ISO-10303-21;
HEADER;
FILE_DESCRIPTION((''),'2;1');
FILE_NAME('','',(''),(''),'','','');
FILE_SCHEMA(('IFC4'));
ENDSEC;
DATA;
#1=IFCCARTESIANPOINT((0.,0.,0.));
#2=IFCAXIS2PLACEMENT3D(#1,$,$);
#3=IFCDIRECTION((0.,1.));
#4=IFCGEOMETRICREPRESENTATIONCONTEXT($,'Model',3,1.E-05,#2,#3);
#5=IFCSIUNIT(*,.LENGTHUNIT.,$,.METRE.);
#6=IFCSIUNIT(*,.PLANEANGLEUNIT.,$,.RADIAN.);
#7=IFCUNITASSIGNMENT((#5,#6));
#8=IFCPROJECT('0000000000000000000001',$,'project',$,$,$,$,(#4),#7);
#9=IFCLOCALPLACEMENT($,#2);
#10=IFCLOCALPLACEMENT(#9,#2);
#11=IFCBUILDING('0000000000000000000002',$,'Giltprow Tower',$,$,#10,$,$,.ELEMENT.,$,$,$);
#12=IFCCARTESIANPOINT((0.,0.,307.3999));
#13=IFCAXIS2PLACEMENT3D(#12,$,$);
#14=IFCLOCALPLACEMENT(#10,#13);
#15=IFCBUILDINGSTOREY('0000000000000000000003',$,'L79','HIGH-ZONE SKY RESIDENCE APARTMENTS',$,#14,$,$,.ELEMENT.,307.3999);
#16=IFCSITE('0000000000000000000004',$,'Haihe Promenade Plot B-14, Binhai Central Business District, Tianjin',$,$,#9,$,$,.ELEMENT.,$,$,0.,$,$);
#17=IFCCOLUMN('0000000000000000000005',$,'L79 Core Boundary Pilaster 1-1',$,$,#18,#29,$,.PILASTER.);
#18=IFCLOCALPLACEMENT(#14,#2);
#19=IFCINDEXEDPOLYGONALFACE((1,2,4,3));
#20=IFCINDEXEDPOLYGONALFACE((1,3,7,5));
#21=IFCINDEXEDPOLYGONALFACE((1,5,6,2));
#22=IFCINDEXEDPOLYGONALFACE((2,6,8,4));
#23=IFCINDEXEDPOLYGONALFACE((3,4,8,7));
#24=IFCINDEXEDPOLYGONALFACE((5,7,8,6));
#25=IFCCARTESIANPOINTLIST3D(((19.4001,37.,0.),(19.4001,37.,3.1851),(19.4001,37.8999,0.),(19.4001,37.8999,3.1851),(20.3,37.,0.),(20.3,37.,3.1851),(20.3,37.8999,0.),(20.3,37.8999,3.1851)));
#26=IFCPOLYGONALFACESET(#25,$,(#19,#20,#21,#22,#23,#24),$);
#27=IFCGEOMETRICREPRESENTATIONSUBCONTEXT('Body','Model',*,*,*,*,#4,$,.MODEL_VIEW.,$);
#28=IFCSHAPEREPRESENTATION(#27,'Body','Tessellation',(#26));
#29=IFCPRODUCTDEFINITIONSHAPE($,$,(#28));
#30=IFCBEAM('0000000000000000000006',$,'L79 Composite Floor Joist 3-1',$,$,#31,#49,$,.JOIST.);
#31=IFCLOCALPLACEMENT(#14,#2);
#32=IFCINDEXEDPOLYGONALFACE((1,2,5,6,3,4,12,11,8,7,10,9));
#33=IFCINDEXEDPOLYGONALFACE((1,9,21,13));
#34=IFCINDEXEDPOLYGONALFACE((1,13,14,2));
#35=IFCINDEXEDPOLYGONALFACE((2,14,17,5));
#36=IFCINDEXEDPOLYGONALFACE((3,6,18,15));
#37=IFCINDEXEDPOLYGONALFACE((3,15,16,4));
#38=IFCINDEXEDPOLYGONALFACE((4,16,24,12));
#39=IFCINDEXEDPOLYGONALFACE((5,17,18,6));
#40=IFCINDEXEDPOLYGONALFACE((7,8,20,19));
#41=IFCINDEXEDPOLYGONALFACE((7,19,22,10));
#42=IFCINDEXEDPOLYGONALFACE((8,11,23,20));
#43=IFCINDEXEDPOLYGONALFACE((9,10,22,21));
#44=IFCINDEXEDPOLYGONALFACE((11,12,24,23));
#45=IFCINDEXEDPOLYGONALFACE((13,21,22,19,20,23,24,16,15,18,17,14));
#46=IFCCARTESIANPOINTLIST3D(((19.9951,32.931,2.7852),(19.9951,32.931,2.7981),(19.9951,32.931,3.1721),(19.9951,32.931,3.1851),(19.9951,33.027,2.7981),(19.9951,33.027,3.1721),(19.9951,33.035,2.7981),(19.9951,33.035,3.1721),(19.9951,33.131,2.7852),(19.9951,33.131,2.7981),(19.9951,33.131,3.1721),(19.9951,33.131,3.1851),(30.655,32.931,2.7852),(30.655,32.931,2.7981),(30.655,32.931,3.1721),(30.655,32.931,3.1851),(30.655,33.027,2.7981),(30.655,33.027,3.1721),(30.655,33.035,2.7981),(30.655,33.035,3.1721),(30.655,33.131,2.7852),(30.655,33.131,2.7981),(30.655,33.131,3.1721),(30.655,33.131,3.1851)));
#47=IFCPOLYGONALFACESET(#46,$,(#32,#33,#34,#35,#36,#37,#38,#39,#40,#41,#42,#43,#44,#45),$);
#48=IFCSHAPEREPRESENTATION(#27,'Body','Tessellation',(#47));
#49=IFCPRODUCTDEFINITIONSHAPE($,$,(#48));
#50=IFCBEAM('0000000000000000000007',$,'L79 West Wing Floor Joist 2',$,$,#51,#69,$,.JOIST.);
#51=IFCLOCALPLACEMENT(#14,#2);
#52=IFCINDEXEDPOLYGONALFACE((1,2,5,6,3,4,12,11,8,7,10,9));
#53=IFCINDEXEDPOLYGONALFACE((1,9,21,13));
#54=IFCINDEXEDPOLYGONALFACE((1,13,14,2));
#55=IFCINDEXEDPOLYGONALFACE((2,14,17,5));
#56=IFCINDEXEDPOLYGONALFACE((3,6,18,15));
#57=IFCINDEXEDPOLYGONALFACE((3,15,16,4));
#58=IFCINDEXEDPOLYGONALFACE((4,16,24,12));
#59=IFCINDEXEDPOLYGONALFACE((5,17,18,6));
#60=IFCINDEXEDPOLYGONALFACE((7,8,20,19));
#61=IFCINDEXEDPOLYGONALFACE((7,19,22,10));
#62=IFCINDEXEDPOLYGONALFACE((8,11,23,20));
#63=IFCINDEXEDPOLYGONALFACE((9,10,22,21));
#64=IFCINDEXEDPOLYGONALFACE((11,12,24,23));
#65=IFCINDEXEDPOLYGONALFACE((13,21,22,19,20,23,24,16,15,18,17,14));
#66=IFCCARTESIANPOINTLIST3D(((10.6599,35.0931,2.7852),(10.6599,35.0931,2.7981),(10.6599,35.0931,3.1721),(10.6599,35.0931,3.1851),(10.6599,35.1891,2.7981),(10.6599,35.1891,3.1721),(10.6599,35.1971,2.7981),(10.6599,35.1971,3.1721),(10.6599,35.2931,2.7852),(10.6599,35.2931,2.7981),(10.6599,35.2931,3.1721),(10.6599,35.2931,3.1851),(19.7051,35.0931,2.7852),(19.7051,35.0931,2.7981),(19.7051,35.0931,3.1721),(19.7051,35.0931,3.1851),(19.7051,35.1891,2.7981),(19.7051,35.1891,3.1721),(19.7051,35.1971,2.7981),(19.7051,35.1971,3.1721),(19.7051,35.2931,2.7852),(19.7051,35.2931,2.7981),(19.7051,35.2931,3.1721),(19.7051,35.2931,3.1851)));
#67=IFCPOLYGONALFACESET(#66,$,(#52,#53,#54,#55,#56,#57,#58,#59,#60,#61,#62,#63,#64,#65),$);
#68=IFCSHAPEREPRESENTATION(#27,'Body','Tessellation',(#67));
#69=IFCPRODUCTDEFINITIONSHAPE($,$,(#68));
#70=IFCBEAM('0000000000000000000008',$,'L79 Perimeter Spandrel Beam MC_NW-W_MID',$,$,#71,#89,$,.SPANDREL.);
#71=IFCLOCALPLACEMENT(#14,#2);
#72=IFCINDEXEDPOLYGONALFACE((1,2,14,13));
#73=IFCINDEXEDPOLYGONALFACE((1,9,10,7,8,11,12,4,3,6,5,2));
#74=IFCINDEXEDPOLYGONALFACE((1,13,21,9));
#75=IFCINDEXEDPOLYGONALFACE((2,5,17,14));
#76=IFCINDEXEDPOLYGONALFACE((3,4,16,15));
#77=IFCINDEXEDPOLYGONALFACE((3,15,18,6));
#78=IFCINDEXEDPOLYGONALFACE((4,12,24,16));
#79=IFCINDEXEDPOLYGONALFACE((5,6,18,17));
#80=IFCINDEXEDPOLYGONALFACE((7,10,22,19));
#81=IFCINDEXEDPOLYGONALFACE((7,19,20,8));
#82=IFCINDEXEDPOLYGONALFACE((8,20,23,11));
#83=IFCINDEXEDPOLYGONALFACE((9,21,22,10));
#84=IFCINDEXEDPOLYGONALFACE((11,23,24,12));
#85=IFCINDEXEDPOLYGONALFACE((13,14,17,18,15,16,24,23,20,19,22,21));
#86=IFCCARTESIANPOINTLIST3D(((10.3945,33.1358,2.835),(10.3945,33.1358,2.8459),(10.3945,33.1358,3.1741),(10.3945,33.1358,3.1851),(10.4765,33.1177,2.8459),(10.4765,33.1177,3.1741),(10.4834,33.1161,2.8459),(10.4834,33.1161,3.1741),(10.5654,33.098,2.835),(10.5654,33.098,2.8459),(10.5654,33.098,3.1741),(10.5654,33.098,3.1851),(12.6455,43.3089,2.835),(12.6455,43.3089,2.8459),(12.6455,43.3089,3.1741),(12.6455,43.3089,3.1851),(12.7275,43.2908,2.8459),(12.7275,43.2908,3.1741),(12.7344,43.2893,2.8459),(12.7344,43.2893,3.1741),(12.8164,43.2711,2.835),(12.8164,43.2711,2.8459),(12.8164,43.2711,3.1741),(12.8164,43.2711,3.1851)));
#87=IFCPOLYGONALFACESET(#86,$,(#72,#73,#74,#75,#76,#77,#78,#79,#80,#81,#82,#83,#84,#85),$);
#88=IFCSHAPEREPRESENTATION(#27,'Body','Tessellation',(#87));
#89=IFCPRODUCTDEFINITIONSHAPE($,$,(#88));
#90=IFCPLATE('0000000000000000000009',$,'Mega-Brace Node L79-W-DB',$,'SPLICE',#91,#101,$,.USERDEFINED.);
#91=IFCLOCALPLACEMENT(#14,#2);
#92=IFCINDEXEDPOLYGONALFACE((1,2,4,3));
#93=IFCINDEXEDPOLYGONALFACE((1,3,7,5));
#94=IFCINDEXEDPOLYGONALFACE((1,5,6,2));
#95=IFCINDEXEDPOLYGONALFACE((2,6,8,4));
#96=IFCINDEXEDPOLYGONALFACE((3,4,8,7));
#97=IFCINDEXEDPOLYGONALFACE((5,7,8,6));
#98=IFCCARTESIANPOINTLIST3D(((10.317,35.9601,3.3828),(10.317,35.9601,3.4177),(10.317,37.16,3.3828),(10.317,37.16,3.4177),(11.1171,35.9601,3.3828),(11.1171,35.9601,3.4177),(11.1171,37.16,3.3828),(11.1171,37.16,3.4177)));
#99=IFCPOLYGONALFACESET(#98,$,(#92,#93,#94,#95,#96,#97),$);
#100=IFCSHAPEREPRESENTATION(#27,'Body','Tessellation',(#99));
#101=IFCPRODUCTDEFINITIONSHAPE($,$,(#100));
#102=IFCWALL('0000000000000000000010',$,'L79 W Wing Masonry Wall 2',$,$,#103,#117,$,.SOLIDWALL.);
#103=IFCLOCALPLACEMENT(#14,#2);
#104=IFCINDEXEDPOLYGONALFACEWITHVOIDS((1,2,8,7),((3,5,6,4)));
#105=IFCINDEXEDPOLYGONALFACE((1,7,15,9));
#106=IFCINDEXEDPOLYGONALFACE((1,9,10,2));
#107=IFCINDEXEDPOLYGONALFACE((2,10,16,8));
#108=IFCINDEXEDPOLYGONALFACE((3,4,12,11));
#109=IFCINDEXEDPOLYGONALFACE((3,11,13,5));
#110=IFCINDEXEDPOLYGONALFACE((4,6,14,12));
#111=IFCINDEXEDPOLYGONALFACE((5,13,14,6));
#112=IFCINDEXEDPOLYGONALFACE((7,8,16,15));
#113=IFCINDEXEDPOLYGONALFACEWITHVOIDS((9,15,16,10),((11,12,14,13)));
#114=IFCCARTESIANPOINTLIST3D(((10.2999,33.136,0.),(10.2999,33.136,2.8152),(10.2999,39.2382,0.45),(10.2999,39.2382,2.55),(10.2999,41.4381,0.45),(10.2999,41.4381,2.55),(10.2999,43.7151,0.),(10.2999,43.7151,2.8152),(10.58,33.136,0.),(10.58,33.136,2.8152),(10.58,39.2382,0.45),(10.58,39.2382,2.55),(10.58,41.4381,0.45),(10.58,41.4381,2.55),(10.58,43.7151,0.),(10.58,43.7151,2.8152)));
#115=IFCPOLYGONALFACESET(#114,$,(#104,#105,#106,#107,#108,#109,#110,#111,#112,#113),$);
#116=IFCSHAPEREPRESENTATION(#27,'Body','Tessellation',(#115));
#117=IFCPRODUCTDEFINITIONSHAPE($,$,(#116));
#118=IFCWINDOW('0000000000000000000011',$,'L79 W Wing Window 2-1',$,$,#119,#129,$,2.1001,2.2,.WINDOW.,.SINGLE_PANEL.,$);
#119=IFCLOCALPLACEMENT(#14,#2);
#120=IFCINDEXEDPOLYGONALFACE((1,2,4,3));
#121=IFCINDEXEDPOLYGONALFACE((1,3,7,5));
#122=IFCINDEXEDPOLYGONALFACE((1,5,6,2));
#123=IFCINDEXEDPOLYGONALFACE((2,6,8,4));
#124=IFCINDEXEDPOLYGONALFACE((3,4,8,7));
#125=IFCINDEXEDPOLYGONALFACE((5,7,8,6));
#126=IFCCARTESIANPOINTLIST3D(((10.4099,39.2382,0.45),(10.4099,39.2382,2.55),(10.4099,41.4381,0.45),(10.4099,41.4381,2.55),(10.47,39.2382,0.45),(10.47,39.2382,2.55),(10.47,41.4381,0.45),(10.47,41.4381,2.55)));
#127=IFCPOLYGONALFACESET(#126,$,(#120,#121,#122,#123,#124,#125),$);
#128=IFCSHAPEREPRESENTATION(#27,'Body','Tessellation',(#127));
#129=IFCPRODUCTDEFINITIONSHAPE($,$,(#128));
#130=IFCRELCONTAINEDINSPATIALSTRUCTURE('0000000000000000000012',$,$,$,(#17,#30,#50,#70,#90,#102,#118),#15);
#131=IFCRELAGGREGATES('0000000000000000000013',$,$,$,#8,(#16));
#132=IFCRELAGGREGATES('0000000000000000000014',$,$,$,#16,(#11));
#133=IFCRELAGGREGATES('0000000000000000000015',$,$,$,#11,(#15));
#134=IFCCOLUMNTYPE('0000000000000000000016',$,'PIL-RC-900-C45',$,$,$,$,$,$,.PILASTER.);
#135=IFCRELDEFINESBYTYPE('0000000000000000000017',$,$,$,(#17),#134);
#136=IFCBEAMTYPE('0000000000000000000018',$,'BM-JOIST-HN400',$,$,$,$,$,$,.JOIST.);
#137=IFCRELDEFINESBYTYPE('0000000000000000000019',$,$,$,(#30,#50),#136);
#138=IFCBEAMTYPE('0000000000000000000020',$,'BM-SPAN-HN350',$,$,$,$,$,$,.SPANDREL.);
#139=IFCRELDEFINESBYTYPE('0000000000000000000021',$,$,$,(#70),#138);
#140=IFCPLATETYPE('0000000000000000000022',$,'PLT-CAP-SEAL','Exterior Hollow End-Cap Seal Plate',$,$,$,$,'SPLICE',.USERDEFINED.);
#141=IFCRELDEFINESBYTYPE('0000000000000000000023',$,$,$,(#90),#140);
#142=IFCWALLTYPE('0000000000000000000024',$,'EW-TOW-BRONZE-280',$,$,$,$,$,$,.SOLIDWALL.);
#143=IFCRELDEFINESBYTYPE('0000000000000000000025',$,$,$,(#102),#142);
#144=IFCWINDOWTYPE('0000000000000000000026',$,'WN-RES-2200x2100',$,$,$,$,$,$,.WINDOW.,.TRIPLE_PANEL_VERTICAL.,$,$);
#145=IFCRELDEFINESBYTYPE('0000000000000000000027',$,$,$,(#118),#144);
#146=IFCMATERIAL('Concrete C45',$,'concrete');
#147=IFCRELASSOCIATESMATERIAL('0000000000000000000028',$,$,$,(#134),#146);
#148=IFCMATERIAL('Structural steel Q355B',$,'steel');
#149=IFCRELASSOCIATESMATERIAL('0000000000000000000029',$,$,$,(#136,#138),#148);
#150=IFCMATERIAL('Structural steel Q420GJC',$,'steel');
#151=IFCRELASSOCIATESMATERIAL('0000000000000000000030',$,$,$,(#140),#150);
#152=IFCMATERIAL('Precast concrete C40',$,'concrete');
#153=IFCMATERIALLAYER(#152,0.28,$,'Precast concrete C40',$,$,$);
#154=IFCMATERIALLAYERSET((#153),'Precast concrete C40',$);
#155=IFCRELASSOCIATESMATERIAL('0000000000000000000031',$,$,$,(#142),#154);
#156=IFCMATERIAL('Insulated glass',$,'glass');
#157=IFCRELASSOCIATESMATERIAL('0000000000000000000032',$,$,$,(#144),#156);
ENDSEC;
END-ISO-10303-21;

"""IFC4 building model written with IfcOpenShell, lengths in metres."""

from ifc_helpers import new_model, si_unit, direction, frame, frame_2d, origin, origin_2d, place, context, subcontext, project, spatial, rectangle, i_section, extrude, source, transform, mapped, material, layer, layer_set, material_profile, profile_set, type_object, element, fill, save


model = new_model("IFC4")

# Units and contexts
model_context = context("Model", 3, precision=1e-05, world=origin(), true_north=direction((0.0, 1.0)))
body_context = subcontext(model_context, "Body", "Model", "MODEL_VIEW")
ifc_project = project(units=[si_unit("LENGTHUNIT", "METRE"), si_unit("PLANEANGLEUNIT", "RADIAN")], contexts=[model_context])

# Site, building, storey
site_placement = place(None, origin())
site = spatial("IfcSite", under=ifc_project, at=site_placement, Name="Haihe Promenade Plot B-14, Binhai Central Business District, Tianjin", CompositionType="ELEMENT", RefElevation=0.0)
building_placement = place(site_placement, origin())
building = spatial("IfcBuilding", under=site, at=building_placement, Name="Giltprow Tower", CompositionType="ELEMENT")
storey_placement = place(building_placement, frame((0.0, 0.0, 307.3999)))
storey = spatial("IfcBuildingStorey", under=building, at=storey_placement, Name="L79", Description="HIGH-ZONE SKY RESIDENCE APARTMENTS", CompositionType="ELEMENT", Elevation=307.3999)

# Column
ifc_material_1 = material(Name="Concrete C45", Category="concrete")
ifc_material_profile_1 = material_profile(ifc_material_1, rectangle(XDim=0.8999, YDim=0.8999, at=origin_2d()), Name="RC 900x900")
ifc_profile_set_1 = profile_set([ifc_material_profile_1], Name="Concrete C45")
column_type = type_object("IfcColumnType", Name="PIL-RC-900-C45", PredefinedType="PILASTER", material=ifc_profile_set_1)
shared_shape_1 = source(origin(), body_context, "Body", "SweptSolid", [
    extrude(rectangle(XDim=0.8999, YDim=0.8999, at=origin_2d()), origin(), (0.0, 0.0, 1.0), 3.1851),
])
column_placement = place(storey_placement, frame((19.8501, 37.45, 0.0), z_axis=(0.0, 0.0, 1.0), x_axis=(1.0, 0.0, 0.0)))
element("IfcColumn", 1, at=column_placement, inside=storey, type_object=column_type, Name="L79 Core Boundary Pilaster 1-1", PredefinedType="PILASTER", context=body_context, shape_type="MappedRepresentation", body=[
    mapped(shared_shape_1, transform((0.0, 0.0, 0.0), x_axis=(1.0, 0.0, 0.0), y_axis=(0.0, 1.0, 0.0), z_axis=(0.0, 0.0, 1.0), scale=1.0)),
])

# Beams
ifc_material_2 = material(Name="Structural steel Q355B", Category="steel")
ifc_material_profile_2 = material_profile(ifc_material_2, i_section(OverallWidth=0.2, OverallDepth=0.3999, WebThickness=0.0081, FlangeThickness=0.0129, at=origin_2d()), Name="HN 400x200x8x13")
ifc_profile_set_2 = profile_set([ifc_material_profile_2], Name="Structural steel Q355B")
beam_type_1 = type_object("IfcBeamType", Name="BM-JOIST-HN400", PredefinedType="JOIST", material=ifc_profile_set_2)
shared_shape_2 = source(origin(), body_context, "Body", "SweptSolid", [
    extrude(i_section(OverallWidth=0.2, OverallDepth=0.3999, WebThickness=0.0081, FlangeThickness=0.0129, at=origin_2d()), origin(), (0.0, 0.0, 1.0), 10.6599),
])
beam_1_placement = place(storey_placement, frame((19.9951, 33.031, 2.9851), z_axis=(1.0, 0.0, 0.0), x_axis=(0.0, 1.0, 0.0)))
element("IfcBeam", 2, at=beam_1_placement, inside=storey, type_object=beam_type_1, Name="L79 Composite Floor Joist 3-1", PredefinedType="JOIST", context=body_context, shape_type="MappedRepresentation", body=[
    mapped(shared_shape_2, transform((0.0, 0.0, 0.0), x_axis=(1.0, 0.0, 0.0), y_axis=(0.0, 1.0, 0.0), z_axis=(0.0, 0.0, 1.0), scale=1.0)),
])
shared_shape_3 = source(origin(), body_context, "Body", "SweptSolid", [
    extrude(i_section(OverallWidth=0.2, OverallDepth=0.3999, WebThickness=0.0081, FlangeThickness=0.0129, at=origin_2d()), origin(), (0.0, 0.0, 1.0), 9.0452),
])
beam_2_placement = place(storey_placement, frame((10.6599, 35.1931, 2.9851), z_axis=(1.0, 0.0, 0.0), x_axis=(0.0, 1.0, 0.0)))
element("IfcBeam", 3, at=beam_2_placement, inside=storey, type_object=beam_type_1, Name="L79 West Wing Floor Joist 2", PredefinedType="JOIST", context=body_context, shape_type="MappedRepresentation", body=[
    mapped(shared_shape_3, transform((0.0, 0.0, 0.0), x_axis=(1.0, 0.0, 0.0), y_axis=(0.0, 1.0, 0.0), z_axis=(0.0, 0.0, 1.0), scale=1.0)),
])
ifc_material_profile_3 = material_profile(ifc_material_2, i_section(OverallWidth=0.175, OverallDepth=0.3501, WebThickness=0.0071, FlangeThickness=0.011, at=origin_2d()), Name="HN 350x175x7x11")
ifc_profile_set_3 = profile_set([ifc_material_profile_3], Name="Structural steel Q355B")
beam_type_2 = type_object("IfcBeamType", Name="BM-SPAN-HN350", PredefinedType="SPANDREL", material=ifc_profile_set_3)
shared_shape_4 = source(origin(), body_context, "Body", "SweptSolid", [
    extrude(i_section(OverallWidth=0.175, OverallDepth=0.3501, WebThickness=0.0071, FlangeThickness=0.011, at=origin_2d()), origin(), (0.0, 0.0, 1.0), 10.4192),
])
beam_3_placement = place(storey_placement, frame((12.731, 43.29, 3.01), z_axis=(-0.216042, -0.976384, 0.0), x_axis=(0.976384, -0.216042, 0.0)))
element("IfcBeam", 4, at=beam_3_placement, inside=storey, type_object=beam_type_2, Name="L79 Perimeter Spandrel Beam MC_NW-W_MID", PredefinedType="SPANDREL", context=body_context, shape_type="MappedRepresentation", body=[
    mapped(shared_shape_4, transform((0.0, 0.0, 0.0), x_axis=(1.0, 0.0, 0.0), y_axis=(0.0, 1.0, 0.0), z_axis=(0.0, 0.0, 1.0), scale=1.0)),
])

# Plate
ifc_material_3 = material(Name="Structural steel Q420GJC", Category="steel")
plate_type = type_object("IfcPlateType", Name="PLT-CAP-SEAL", Description="Exterior Hollow End-Cap Seal Plate", ElementType="SPLICE", PredefinedType="USERDEFINED", material=ifc_material_3)
shared_shape_5 = source(origin(), body_context, "Body", "SweptSolid", [
    extrude(rectangle(XDim=1.2, YDim=0.8, at=origin_2d()), origin(), (0.0, 0.0, 1.0), 0.0349),
])
plate_placement = place(storey_placement, frame((10.717, 36.5601, 3.3828), z_axis=(0.0, 0.0, 1.0), x_axis=(0.0, 1.0, 0.0)))
element("IfcPlate", 5, at=plate_placement, inside=storey, type_object=plate_type, Name="Mega-Brace Node L79-W-DB", ObjectType="SPLICE", PredefinedType="USERDEFINED", context=body_context, shape_type="MappedRepresentation", body=[
    mapped(shared_shape_5, transform((0.0, 0.0, 0.0), x_axis=(1.0, 0.0, 0.0), y_axis=(0.0, 1.0, 0.0), z_axis=(0.0, 0.0, 1.0), scale=1.0)),
])

# Wall, opening, window
ifc_material_4 = material(Name="Precast concrete C40", Category="concrete")
ifc_layer_1 = layer(ifc_material_4, 0.28, Name="Precast concrete C40")
ifc_layer_set_1 = layer_set([ifc_layer_1], Name="Precast concrete C40")
wall_type_1 = type_object("IfcWallType", Name="EW-TOW-BRONZE-280", PredefinedType="SOLIDWALL", material=ifc_layer_set_1)
wall_1_placement = place(storey_placement, frame((10.4399, 33.136, 0.0), z_axis=(0.0, 0.0, 1.0), x_axis=(0.0, 1.0, 0.0)))
wall_1 = element("IfcWall", 6, at=wall_1_placement, inside=storey, type_object=wall_type_1, Name="L79 W Wing Masonry Wall 2", PredefinedType="SOLIDWALL", context=body_context, shape_type="SweptSolid", body=[
    extrude(rectangle(XDim=10.5791, YDim=0.28, at=frame_2d((5.2896, 0.0))), origin(), (0.0, 0.0, 1.0), 2.8152),
])
opening_1_placement = place(wall_1_placement, frame((6.1021, 0.0, 0.45)))
opening_1 = element("IfcOpeningElement", 7, at=opening_1_placement, cuts=wall_1, PredefinedType="OPENING", context=body_context, shape_type="SweptSolid", body=[
    extrude(rectangle(XDim=2.2, YDim=2.1001, at=frame_2d((1.1001, 1.05))), frame((0.0, 0.1499, 0.0), z_axis=(0.0, -1.0, 0.0), x_axis=(1.0, 0.0, 0.0)), (0.0, 0.0, 1.0), 0.3),
])
ifc_material_5 = material(Name="Insulated glass", Category="glass")
window_type = type_object("IfcWindowType", Name="WN-RES-2200x2100", PartitioningType="TRIPLE_PANEL_VERTICAL", PredefinedType="WINDOW", material=ifc_material_5)
shared_shape_6 = source(origin(), body_context, "Body", "SweptSolid", [
    extrude(rectangle(XDim=2.2, YDim=2.1001, at=frame_2d((1.1001, 1.05))), frame((0.0, 0.03, 0.0), z_axis=(0.0, -1.0, 0.0), x_axis=(1.0, 0.0, 0.0)), (0.0, 0.0, 1.0), 0.0601),
])
window_placement = place(opening_1_placement, origin())
window = element("IfcWindow", 8, at=window_placement, inside=storey, type_object=window_type, Name="L79 W Wing Window 2-1", OverallHeight=2.1001, OverallWidth=2.2, PartitioningType="SINGLE_PANEL", PredefinedType="WINDOW", context=body_context, shape_type="MappedRepresentation", body=[
    mapped(shared_shape_6, transform((0.0, 0.0, 0.0), x_axis=(1.0, 0.0, 0.0), y_axis=(0.0, 1.0, 0.0), z_axis=(0.0, 0.0, 1.0), scale=1.0)),
])
fill(opening_1, window)

save(model, "model.ifc")
